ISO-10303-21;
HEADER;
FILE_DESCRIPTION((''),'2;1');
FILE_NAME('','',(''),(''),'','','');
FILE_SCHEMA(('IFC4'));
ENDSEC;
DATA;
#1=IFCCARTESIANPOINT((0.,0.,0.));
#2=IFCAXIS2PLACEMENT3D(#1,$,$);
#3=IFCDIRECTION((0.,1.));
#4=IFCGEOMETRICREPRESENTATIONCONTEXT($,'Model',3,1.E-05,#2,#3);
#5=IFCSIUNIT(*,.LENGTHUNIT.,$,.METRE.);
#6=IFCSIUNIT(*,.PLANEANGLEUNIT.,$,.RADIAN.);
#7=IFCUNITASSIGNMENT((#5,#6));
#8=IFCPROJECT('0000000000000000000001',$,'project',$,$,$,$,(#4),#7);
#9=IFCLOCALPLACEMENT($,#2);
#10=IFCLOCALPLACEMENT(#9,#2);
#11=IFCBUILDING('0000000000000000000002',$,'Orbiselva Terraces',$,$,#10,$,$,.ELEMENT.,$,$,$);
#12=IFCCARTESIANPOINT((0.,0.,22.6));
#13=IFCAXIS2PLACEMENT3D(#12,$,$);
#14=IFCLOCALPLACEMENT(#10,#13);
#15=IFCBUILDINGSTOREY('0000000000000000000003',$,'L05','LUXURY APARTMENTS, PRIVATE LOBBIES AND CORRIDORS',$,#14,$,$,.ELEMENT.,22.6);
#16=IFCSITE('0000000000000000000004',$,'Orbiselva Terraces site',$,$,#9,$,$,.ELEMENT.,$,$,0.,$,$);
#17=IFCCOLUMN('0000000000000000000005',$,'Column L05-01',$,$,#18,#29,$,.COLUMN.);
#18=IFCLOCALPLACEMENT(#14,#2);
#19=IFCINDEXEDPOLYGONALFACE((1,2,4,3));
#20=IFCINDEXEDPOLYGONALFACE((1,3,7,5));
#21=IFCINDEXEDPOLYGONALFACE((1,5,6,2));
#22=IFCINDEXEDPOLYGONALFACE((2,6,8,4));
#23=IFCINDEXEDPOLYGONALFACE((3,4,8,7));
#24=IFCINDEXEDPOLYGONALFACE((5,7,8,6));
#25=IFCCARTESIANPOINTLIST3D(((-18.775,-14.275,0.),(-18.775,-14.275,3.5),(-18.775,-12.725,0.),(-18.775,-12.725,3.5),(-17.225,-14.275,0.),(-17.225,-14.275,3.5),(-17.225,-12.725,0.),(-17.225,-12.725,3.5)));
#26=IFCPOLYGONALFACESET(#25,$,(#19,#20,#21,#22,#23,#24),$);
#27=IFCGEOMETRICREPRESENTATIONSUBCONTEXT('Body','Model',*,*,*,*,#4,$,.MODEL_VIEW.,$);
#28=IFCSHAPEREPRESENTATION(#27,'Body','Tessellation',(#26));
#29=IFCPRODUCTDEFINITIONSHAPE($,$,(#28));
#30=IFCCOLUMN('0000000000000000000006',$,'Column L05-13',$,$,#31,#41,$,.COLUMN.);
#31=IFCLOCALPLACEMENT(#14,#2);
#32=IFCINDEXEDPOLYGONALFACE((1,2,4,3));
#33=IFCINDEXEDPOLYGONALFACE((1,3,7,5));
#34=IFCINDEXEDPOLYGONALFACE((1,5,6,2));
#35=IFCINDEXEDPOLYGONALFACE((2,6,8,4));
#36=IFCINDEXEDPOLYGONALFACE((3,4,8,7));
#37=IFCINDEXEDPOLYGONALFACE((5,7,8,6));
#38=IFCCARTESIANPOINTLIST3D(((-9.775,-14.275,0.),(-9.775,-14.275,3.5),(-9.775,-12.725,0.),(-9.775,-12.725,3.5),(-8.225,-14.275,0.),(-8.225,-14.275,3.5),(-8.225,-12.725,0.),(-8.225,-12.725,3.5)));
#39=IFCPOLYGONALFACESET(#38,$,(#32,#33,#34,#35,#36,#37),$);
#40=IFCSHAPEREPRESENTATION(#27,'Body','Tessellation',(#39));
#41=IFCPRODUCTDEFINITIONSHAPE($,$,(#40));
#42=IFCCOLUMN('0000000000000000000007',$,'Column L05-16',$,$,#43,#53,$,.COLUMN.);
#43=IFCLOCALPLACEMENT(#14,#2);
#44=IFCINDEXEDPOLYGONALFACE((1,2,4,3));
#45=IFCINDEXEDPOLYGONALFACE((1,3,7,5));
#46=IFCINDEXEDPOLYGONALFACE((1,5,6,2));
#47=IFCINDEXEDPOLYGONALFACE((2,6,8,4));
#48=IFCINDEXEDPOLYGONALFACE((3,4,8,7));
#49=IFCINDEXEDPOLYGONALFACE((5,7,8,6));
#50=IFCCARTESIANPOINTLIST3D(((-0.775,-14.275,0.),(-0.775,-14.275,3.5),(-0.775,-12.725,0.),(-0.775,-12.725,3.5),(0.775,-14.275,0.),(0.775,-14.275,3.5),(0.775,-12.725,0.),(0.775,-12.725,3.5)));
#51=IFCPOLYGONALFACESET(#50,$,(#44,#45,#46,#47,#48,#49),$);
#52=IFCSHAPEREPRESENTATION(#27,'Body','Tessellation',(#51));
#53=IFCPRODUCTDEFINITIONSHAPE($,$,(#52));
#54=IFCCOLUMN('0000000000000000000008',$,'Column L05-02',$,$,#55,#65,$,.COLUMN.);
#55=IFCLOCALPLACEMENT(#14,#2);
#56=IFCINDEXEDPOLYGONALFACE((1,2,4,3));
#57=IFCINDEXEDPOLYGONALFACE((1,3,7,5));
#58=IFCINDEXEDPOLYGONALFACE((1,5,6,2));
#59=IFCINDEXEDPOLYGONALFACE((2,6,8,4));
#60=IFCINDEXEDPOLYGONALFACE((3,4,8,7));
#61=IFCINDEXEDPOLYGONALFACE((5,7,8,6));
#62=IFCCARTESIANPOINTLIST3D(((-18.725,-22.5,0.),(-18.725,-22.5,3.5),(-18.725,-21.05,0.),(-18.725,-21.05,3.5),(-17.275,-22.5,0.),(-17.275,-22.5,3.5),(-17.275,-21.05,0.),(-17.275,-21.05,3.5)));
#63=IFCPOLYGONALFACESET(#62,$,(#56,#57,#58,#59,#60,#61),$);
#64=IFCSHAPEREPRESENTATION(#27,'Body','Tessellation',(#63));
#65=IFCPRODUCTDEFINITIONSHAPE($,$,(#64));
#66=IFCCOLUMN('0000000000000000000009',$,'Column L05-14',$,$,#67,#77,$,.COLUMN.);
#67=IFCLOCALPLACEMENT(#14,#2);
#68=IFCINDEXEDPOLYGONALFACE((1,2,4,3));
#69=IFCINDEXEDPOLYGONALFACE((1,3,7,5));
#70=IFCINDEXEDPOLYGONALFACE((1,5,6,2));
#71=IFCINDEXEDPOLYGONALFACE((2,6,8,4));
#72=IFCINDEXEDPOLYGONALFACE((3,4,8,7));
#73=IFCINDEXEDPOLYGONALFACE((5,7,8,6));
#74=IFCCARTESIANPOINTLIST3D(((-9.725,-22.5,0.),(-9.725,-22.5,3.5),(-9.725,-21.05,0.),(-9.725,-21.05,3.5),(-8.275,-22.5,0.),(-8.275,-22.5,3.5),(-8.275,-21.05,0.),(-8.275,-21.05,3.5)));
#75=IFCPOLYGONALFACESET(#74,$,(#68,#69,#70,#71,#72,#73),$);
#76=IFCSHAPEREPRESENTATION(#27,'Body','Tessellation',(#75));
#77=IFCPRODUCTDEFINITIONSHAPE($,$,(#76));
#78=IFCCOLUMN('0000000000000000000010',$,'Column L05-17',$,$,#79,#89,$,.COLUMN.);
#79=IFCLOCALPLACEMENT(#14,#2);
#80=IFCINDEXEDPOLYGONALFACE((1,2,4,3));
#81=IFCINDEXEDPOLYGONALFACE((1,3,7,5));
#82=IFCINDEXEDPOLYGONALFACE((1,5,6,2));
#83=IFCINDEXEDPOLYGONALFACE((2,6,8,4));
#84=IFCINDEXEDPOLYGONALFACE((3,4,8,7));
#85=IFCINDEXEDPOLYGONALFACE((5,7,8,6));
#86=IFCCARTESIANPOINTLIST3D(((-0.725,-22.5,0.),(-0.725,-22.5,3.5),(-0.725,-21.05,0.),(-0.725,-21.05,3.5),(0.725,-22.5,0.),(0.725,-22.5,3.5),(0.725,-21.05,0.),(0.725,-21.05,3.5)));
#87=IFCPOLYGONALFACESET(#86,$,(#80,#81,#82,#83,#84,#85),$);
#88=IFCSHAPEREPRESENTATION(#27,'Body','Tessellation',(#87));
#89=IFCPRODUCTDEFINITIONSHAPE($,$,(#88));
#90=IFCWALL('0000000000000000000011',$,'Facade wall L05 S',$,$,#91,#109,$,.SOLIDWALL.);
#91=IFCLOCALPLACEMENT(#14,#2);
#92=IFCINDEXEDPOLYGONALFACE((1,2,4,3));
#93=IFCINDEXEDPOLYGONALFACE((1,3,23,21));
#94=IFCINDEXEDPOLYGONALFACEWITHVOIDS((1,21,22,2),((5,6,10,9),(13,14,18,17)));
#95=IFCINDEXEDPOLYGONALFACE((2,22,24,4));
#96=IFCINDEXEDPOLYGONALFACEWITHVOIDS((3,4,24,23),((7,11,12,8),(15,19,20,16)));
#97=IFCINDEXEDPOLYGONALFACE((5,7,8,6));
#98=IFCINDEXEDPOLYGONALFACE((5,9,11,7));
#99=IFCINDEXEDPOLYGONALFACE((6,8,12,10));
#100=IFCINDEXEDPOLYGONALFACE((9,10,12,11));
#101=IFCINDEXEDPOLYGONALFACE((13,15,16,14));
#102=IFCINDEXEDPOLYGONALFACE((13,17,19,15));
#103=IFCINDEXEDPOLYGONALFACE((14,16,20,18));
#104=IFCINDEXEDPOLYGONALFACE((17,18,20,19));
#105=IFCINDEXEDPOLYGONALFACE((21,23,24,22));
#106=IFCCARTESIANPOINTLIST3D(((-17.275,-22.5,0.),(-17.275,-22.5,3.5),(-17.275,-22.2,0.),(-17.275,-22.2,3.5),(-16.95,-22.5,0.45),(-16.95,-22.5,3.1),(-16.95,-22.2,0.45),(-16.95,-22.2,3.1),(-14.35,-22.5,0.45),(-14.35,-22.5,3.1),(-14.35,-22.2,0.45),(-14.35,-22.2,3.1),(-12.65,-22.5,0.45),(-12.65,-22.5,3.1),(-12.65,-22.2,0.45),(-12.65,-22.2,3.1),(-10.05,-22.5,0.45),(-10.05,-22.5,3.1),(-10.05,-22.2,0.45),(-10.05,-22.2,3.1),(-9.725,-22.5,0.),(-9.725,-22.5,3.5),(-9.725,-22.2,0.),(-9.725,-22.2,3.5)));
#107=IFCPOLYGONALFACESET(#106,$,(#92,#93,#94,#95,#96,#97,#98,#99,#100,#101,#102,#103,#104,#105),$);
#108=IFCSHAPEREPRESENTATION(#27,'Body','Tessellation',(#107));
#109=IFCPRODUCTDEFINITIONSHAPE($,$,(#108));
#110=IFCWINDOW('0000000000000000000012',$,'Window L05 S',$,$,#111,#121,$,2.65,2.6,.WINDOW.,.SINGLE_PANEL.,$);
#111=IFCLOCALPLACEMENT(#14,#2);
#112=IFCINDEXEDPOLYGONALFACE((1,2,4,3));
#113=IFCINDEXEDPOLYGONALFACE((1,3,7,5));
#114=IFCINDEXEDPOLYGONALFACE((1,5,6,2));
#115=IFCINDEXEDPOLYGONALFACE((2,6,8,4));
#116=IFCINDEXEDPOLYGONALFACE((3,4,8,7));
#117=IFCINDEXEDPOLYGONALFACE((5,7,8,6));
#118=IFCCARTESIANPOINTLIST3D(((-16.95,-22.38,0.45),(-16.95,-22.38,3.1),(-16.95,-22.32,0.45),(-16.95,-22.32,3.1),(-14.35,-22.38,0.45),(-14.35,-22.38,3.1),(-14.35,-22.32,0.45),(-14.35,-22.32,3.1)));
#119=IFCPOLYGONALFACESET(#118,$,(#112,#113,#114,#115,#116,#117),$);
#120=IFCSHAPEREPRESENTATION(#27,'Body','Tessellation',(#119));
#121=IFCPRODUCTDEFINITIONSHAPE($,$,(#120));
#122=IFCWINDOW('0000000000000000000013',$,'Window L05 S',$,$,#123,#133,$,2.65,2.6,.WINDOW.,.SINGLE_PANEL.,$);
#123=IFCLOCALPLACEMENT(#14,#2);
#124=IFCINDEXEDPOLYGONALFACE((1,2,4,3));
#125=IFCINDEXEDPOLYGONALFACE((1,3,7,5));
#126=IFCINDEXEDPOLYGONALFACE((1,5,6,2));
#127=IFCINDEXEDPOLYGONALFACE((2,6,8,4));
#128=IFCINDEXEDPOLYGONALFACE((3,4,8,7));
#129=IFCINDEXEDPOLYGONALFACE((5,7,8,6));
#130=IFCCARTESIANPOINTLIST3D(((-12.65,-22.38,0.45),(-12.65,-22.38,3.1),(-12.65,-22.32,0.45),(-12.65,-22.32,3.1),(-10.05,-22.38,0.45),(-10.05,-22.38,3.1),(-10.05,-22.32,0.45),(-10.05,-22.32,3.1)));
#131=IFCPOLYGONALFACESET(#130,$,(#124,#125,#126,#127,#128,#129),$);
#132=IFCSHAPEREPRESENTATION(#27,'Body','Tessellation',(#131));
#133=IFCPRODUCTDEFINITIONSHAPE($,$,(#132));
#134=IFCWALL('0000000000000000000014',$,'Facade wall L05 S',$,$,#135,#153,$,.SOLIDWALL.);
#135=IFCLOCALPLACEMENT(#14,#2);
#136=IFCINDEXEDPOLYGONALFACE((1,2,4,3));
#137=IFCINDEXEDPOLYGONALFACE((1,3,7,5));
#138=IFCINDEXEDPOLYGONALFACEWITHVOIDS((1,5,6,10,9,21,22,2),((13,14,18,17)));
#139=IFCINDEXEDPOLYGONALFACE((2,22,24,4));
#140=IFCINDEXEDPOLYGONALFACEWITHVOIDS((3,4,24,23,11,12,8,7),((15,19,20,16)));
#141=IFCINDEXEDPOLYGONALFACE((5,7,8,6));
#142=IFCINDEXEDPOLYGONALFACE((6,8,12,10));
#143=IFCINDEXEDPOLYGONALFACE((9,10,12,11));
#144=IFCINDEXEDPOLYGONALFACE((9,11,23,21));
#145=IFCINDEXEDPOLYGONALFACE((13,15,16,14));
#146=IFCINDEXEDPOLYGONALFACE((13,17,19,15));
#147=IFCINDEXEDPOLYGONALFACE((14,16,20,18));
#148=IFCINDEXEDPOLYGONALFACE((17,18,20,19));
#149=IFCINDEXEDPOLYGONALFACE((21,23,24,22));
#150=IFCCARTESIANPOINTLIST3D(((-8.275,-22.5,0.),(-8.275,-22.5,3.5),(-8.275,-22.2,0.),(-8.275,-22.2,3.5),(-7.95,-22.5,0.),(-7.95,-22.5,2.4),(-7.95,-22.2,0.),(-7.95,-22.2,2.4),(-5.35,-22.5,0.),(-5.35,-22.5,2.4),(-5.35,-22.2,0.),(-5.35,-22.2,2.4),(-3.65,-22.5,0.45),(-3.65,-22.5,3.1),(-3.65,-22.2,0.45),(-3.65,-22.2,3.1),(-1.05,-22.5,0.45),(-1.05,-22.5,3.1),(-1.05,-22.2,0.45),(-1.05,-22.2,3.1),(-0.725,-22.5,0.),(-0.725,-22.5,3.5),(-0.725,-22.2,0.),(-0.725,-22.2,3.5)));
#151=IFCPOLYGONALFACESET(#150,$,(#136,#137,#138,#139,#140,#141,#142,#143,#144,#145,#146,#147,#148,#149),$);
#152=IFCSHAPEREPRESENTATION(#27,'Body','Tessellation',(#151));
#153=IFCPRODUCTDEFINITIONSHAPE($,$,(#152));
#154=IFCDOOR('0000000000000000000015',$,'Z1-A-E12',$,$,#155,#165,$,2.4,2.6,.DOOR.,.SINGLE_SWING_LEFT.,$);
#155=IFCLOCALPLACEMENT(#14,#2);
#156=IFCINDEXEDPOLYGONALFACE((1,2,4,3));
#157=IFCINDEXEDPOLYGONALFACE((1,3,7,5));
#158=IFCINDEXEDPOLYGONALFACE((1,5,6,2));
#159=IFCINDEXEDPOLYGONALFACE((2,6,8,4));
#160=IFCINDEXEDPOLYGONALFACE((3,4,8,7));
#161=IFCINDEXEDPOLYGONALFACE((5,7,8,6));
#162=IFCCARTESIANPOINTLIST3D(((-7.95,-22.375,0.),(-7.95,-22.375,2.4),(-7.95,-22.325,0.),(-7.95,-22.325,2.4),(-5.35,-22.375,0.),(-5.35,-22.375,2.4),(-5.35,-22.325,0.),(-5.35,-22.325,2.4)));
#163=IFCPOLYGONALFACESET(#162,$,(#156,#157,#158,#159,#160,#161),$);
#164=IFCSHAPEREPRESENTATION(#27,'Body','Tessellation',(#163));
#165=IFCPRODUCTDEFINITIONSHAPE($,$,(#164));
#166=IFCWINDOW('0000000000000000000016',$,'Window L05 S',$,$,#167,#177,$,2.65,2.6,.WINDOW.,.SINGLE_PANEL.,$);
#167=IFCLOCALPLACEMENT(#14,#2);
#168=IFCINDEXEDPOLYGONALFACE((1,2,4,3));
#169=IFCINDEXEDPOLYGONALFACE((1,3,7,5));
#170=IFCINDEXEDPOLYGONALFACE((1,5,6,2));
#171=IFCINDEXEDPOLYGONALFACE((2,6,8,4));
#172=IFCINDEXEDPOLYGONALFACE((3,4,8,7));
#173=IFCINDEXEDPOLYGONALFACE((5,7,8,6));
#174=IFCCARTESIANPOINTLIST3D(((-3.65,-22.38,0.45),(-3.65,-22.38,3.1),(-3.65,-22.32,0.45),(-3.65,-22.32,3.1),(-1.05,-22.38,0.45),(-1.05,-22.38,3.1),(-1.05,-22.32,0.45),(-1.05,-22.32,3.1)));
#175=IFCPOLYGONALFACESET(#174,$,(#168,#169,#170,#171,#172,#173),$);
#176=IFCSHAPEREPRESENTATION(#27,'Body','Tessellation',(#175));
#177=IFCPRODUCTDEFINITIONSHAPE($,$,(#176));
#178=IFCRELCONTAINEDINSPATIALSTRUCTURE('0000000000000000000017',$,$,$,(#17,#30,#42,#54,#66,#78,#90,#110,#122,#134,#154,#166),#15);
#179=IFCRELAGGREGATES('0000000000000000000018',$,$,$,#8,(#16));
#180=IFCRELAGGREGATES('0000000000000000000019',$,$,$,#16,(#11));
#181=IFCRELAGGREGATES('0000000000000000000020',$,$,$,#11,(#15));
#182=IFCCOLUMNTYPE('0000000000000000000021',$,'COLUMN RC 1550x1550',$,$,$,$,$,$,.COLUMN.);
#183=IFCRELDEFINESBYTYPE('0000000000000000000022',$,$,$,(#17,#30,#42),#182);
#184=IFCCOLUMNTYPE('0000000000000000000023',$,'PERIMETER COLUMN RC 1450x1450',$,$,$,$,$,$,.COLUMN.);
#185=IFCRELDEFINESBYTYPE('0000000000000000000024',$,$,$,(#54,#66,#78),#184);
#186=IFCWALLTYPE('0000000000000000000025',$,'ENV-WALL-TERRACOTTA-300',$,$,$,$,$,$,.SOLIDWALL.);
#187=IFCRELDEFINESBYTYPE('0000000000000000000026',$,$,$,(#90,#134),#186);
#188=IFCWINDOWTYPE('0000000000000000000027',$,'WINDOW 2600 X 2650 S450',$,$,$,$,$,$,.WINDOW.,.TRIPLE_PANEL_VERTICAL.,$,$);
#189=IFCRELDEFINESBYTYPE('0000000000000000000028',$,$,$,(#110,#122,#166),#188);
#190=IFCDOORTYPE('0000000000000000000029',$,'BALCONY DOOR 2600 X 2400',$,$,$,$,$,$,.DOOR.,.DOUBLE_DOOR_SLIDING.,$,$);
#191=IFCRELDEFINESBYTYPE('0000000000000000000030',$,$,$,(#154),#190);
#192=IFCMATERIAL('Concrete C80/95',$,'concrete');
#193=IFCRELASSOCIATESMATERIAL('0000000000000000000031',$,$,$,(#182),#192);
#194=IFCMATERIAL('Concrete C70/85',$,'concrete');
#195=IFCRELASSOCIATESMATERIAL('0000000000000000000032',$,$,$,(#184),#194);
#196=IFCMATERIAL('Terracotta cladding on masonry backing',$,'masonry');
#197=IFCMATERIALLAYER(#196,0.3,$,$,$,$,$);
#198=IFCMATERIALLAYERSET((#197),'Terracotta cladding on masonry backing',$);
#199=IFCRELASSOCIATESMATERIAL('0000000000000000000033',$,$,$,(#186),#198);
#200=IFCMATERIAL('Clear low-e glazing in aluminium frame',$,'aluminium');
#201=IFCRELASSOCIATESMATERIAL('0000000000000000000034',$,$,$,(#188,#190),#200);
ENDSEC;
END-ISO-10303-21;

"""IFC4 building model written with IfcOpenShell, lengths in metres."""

from ifc_helpers import new_model, si_unit, direction, frame, frame_2d, origin, origin_2d, place, context, subcontext, project, spatial, rectangle, extrude, material, layer, layer_set, material_profile, profile_set, type_object, element, fill, save


model = new_model("IFC4")

# Units and contexts
model_context = context("Model", 3, precision=1e-05, world=origin(), true_north=direction((0.0, 1.0)))
body_context = subcontext(model_context, "Body", "Model", "MODEL_VIEW")
ifc_project = project(units=[si_unit("LENGTHUNIT", "METRE"), si_unit("PLANEANGLEUNIT", "RADIAN")], contexts=[model_context])

# Site, building, storey
site_placement = place(None, origin())
site = spatial("IfcSite", under=ifc_project, at=site_placement, Name="Orbiselva Terraces site", CompositionType="ELEMENT", RefElevation=0.0)
building_placement = place(site_placement, origin())
building = spatial("IfcBuilding", under=site, at=building_placement, Name="Orbiselva Terraces", CompositionType="ELEMENT")
storey_placement = place(building_placement, frame((0.0, 0.0, 22.6)))
storey = spatial("IfcBuildingStorey", under=building, at=storey_placement, Name="L05", Description="LUXURY APARTMENTS, PRIVATE LOBBIES AND CORRIDORS", CompositionType="ELEMENT", Elevation=22.6)

# Columns
ifc_material_1 = material(Name="Concrete C80/95", Category="concrete")
ifc_material_profile_1 = material_profile(ifc_material_1, rectangle(XDim=1.55, YDim=1.55, at=origin_2d()), Name="RC 1550x1550")
ifc_profile_set_1 = profile_set([ifc_material_profile_1], Name="Concrete C80/95")
column_type_1 = type_object("IfcColumnType", Name="COLUMN RC 1550x1550", PredefinedType="COLUMN", material=ifc_profile_set_1)
for number, where, z_axis, x_axis, name in (
    (1, (-18.0, -13.5, 0.0), (0.0, 0.0, 1.0), (1.0, 0.0, 0.0), "Column L05-01"),
    (2, (-9.0, -13.5, 0.0), (0.0, 0.0, 1.0), (1.0, 0.0, 0.0), "Column L05-13"),
    (3, (0.0, -13.5, 0.0), (0.0, 0.0, 1.0), (1.0, 0.0, 0.0), "Column L05-16"),
):
    element("IfcColumn", number, at=place(storey_placement, frame(where, z_axis=z_axis, x_axis=x_axis)), inside=storey, type_object=column_type_1, Name=name, PredefinedType="COLUMN", context=body_context, shape_type="SweptSolid", body=[
        extrude(rectangle(XDim=1.55, YDim=1.55, at=origin_2d()), origin(), (0.0, 0.0, 1.0), 3.5),
    ])
ifc_material_2 = material(Name="Concrete C70/85", Category="concrete")
ifc_material_profile_2 = material_profile(ifc_material_2, rectangle(XDim=1.45, YDim=1.45, at=origin_2d()), Name="RC 1450x1450")
ifc_profile_set_2 = profile_set([ifc_material_profile_2], Name="Concrete C70/85")
column_type_2 = type_object("IfcColumnType", Name="PERIMETER COLUMN RC 1450x1450", PredefinedType="COLUMN", material=ifc_profile_set_2)
for number, where, z_axis, x_axis, name in (
    (4, (-18.0, -21.775, 0.0), (0.0, 0.0, 1.0), (1.0, 0.0, 0.0), "Column L05-02"),
    (5, (-9.0, -21.775, 0.0), (0.0, 0.0, 1.0), (1.0, 0.0, 0.0), "Column L05-14"),
    (6, (0.0, -21.775, 0.0), (0.0, 0.0, 1.0), (1.0, 0.0, 0.0), "Column L05-17"),
):
    element("IfcColumn", number, at=place(storey_placement, frame(where, z_axis=z_axis, x_axis=x_axis)), inside=storey, type_object=column_type_2, Name=name, PredefinedType="COLUMN", context=body_context, shape_type="SweptSolid", body=[
        extrude(rectangle(XDim=1.45, YDim=1.45, at=origin_2d()), origin(), (0.0, 0.0, 1.0), 3.5),
    ])

# Wall, openings, windows
ifc_material_3 = material(Name="Terracotta cladding on masonry backing", Category="masonry")
ifc_layer_1 = layer(ifc_material_3, 0.3)
ifc_layer_set_1 = layer_set([ifc_layer_1], Name="Terracotta cladding on masonry backing")
wall_type_1 = type_object("IfcWallType", Name="ENV-WALL-TERRACOTTA-300", PredefinedType="SOLIDWALL", material=ifc_layer_set_1)
wall_1_placement = place(storey_placement, frame((-9.725, -22.35, 0.0), z_axis=(0.0, 0.0, 1.0), x_axis=(-1.0, 0.0, 0.0)))
wall_1 = element("IfcWall", 7, at=wall_1_placement, inside=storey, type_object=wall_type_1, Name="Facade wall L05 S", PredefinedType="SOLIDWALL", context=body_context, shape_type="SweptSolid", body=[
    extrude(rectangle(XDim=7.55, YDim=0.3, at=frame_2d((3.775, 0.0))), origin(), (0.0, 0.0, 1.0), 3.5),
])
opening_1_placement = place(wall_1_placement, frame((4.625, 0.0, 0.45)))
opening_1 = element("IfcOpeningElement", 8, at=opening_1_placement, cuts=wall_1, PredefinedType="OPENING", context=body_context, shape_type="SweptSolid", body=[
    extrude(rectangle(XDim=2.6, YDim=2.65, at=frame_2d((1.3, 1.325))), frame((0.0, 0.16, 0.0), z_axis=(0.0, -1.0, 0.0), x_axis=(1.0, 0.0, 0.0)), (0.0, 0.0, 1.0), 0.32),
])
opening_2_placement = place(wall_1_placement, frame((0.325, 0.0, 0.45)))
opening_2 = element("IfcOpeningElement", 9, at=opening_2_placement, cuts=wall_1, PredefinedType="OPENING", context=body_context, shape_type="SweptSolid", body=[
    extrude(rectangle(XDim=2.6, YDim=2.65, at=frame_2d((1.3, 1.325))), frame((0.0, 0.16, 0.0), z_axis=(0.0, -1.0, 0.0), x_axis=(1.0, 0.0, 0.0)), (0.0, 0.0, 1.0), 0.32),
])
ifc_material_4 = material(Name="Clear low-e glazing in aluminium frame", Category="aluminium")
window_type = type_object("IfcWindowType", Name="WINDOW 2600 X 2650 S450", PartitioningType="TRIPLE_PANEL_VERTICAL", PredefinedType="WINDOW", material=ifc_material_4)
window_1_placement = place(opening_1_placement, origin())
window_1 = element("IfcWindow", 10, at=window_1_placement, inside=storey, type_object=window_type, Name="Window L05 S", OverallHeight=2.65, OverallWidth=2.6, PartitioningType="SINGLE_PANEL", PredefinedType="WINDOW", context=body_context, shape_type="SweptSolid", body=[
    extrude(rectangle(XDim=2.6, YDim=2.65, at=frame_2d((1.3, 1.325))), frame((0.0, 0.03, 0.0), z_axis=(0.0, -1.0, 0.0), x_axis=(1.0, 0.0, 0.0)), (0.0, 0.0, 1.0), 0.06),
])
fill(opening_1, window_1)
window_2_placement = place(opening_2_placement, origin())
window_2 = element("IfcWindow", 11, at=window_2_placement, inside=storey, type_object=window_type, Name="Window L05 S", OverallHeight=2.65, OverallWidth=2.6, PartitioningType="SINGLE_PANEL", PredefinedType="WINDOW", context=body_context, shape_type="SweptSolid", body=[
    extrude(rectangle(XDim=2.6, YDim=2.65, at=frame_2d((1.3, 1.325))), frame((0.0, 0.03, 0.0), z_axis=(0.0, -1.0, 0.0), x_axis=(1.0, 0.0, 0.0)), (0.0, 0.0, 1.0), 0.06),
])
fill(opening_2, window_2)

# Wall, openings, door, window
wall_2_placement = place(storey_placement, frame((-0.725, -22.35, 0.0), z_axis=(0.0, 0.0, 1.0), x_axis=(-1.0, 0.0, 0.0)))
wall_2 = element("IfcWall", 12, at=wall_2_placement, inside=storey, type_object=wall_type_1, Name="Facade wall L05 S", PredefinedType="SOLIDWALL", context=body_context, shape_type="SweptSolid", body=[
    extrude(rectangle(XDim=7.55, YDim=0.3, at=frame_2d((3.775, 0.0))), origin(), (0.0, 0.0, 1.0), 3.5),
])
opening_3_placement = place(wall_2_placement, frame((4.625, 0.0, 0.0)))
opening_3 = element("IfcOpeningElement", 13, at=opening_3_placement, cuts=wall_2, PredefinedType="OPENING", context=body_context, shape_type="SweptSolid", body=[
    extrude(rectangle(XDim=2.6, YDim=2.4, at=frame_2d((1.3, 1.2))), frame((0.0, 0.16, 0.0), z_axis=(0.0, -1.0, 0.0), x_axis=(1.0, 0.0, 0.0)), (0.0, 0.0, 1.0), 0.32),
])
opening_4_placement = place(wall_2_placement, frame((0.325, 0.0, 0.45)))
opening_4 = element("IfcOpeningElement", 14, at=opening_4_placement, cuts=wall_2, PredefinedType="OPENING", context=body_context, shape_type="SweptSolid", body=[
    extrude(rectangle(XDim=2.6, YDim=2.65, at=frame_2d((1.3, 1.325))), frame((0.0, 0.16, 0.0), z_axis=(0.0, -1.0, 0.0), x_axis=(1.0, 0.0, 0.0)), (0.0, 0.0, 1.0), 0.32),
])
door_type_1 = type_object("IfcDoorType", Name="BALCONY DOOR 2600 X 2400", OperationType="DOUBLE_DOOR_SLIDING", PredefinedType="DOOR", material=ifc_material_4)
door_1_placement = place(opening_3_placement, origin())
door_1 = element("IfcDoor", 15, at=door_1_placement, inside=storey, type_object=door_type_1, Name="Z1-A-E12", OperationType="SINGLE_SWING_LEFT", OverallHeight=2.4, OverallWidth=2.6, PredefinedType="DOOR", context=body_context, shape_type="SweptSolid", body=[
    extrude(rectangle(XDim=2.6, YDim=2.4, at=frame_2d((1.3, 1.2))), frame((0.0, 0.025, 0.0), z_axis=(0.0, -1.0, 0.0), x_axis=(1.0, 0.0, 0.0)), (0.0, 0.0, 1.0), 0.05),
])
fill(opening_3, door_1)
window_3_placement = place(opening_4_placement, origin())
window_3 = element("IfcWindow", 16, at=window_3_placement, inside=storey, type_object=window_type, Name="Window L05 S", OverallHeight=2.65, OverallWidth=2.6, PartitioningType="SINGLE_PANEL", PredefinedType="WINDOW", context=body_context, shape_type="SweptSolid", body=[
    extrude(rectangle(XDim=2.6, YDim=2.65, at=frame_2d((1.3, 1.325))), frame((0.0, 0.03, 0.0), z_axis=(0.0, -1.0, 0.0), x_axis=(1.0, 0.0, 0.0)), (0.0, 0.0, 1.0), 0.06),
])
fill(opening_4, window_3)

save(model, "model.ifc")
